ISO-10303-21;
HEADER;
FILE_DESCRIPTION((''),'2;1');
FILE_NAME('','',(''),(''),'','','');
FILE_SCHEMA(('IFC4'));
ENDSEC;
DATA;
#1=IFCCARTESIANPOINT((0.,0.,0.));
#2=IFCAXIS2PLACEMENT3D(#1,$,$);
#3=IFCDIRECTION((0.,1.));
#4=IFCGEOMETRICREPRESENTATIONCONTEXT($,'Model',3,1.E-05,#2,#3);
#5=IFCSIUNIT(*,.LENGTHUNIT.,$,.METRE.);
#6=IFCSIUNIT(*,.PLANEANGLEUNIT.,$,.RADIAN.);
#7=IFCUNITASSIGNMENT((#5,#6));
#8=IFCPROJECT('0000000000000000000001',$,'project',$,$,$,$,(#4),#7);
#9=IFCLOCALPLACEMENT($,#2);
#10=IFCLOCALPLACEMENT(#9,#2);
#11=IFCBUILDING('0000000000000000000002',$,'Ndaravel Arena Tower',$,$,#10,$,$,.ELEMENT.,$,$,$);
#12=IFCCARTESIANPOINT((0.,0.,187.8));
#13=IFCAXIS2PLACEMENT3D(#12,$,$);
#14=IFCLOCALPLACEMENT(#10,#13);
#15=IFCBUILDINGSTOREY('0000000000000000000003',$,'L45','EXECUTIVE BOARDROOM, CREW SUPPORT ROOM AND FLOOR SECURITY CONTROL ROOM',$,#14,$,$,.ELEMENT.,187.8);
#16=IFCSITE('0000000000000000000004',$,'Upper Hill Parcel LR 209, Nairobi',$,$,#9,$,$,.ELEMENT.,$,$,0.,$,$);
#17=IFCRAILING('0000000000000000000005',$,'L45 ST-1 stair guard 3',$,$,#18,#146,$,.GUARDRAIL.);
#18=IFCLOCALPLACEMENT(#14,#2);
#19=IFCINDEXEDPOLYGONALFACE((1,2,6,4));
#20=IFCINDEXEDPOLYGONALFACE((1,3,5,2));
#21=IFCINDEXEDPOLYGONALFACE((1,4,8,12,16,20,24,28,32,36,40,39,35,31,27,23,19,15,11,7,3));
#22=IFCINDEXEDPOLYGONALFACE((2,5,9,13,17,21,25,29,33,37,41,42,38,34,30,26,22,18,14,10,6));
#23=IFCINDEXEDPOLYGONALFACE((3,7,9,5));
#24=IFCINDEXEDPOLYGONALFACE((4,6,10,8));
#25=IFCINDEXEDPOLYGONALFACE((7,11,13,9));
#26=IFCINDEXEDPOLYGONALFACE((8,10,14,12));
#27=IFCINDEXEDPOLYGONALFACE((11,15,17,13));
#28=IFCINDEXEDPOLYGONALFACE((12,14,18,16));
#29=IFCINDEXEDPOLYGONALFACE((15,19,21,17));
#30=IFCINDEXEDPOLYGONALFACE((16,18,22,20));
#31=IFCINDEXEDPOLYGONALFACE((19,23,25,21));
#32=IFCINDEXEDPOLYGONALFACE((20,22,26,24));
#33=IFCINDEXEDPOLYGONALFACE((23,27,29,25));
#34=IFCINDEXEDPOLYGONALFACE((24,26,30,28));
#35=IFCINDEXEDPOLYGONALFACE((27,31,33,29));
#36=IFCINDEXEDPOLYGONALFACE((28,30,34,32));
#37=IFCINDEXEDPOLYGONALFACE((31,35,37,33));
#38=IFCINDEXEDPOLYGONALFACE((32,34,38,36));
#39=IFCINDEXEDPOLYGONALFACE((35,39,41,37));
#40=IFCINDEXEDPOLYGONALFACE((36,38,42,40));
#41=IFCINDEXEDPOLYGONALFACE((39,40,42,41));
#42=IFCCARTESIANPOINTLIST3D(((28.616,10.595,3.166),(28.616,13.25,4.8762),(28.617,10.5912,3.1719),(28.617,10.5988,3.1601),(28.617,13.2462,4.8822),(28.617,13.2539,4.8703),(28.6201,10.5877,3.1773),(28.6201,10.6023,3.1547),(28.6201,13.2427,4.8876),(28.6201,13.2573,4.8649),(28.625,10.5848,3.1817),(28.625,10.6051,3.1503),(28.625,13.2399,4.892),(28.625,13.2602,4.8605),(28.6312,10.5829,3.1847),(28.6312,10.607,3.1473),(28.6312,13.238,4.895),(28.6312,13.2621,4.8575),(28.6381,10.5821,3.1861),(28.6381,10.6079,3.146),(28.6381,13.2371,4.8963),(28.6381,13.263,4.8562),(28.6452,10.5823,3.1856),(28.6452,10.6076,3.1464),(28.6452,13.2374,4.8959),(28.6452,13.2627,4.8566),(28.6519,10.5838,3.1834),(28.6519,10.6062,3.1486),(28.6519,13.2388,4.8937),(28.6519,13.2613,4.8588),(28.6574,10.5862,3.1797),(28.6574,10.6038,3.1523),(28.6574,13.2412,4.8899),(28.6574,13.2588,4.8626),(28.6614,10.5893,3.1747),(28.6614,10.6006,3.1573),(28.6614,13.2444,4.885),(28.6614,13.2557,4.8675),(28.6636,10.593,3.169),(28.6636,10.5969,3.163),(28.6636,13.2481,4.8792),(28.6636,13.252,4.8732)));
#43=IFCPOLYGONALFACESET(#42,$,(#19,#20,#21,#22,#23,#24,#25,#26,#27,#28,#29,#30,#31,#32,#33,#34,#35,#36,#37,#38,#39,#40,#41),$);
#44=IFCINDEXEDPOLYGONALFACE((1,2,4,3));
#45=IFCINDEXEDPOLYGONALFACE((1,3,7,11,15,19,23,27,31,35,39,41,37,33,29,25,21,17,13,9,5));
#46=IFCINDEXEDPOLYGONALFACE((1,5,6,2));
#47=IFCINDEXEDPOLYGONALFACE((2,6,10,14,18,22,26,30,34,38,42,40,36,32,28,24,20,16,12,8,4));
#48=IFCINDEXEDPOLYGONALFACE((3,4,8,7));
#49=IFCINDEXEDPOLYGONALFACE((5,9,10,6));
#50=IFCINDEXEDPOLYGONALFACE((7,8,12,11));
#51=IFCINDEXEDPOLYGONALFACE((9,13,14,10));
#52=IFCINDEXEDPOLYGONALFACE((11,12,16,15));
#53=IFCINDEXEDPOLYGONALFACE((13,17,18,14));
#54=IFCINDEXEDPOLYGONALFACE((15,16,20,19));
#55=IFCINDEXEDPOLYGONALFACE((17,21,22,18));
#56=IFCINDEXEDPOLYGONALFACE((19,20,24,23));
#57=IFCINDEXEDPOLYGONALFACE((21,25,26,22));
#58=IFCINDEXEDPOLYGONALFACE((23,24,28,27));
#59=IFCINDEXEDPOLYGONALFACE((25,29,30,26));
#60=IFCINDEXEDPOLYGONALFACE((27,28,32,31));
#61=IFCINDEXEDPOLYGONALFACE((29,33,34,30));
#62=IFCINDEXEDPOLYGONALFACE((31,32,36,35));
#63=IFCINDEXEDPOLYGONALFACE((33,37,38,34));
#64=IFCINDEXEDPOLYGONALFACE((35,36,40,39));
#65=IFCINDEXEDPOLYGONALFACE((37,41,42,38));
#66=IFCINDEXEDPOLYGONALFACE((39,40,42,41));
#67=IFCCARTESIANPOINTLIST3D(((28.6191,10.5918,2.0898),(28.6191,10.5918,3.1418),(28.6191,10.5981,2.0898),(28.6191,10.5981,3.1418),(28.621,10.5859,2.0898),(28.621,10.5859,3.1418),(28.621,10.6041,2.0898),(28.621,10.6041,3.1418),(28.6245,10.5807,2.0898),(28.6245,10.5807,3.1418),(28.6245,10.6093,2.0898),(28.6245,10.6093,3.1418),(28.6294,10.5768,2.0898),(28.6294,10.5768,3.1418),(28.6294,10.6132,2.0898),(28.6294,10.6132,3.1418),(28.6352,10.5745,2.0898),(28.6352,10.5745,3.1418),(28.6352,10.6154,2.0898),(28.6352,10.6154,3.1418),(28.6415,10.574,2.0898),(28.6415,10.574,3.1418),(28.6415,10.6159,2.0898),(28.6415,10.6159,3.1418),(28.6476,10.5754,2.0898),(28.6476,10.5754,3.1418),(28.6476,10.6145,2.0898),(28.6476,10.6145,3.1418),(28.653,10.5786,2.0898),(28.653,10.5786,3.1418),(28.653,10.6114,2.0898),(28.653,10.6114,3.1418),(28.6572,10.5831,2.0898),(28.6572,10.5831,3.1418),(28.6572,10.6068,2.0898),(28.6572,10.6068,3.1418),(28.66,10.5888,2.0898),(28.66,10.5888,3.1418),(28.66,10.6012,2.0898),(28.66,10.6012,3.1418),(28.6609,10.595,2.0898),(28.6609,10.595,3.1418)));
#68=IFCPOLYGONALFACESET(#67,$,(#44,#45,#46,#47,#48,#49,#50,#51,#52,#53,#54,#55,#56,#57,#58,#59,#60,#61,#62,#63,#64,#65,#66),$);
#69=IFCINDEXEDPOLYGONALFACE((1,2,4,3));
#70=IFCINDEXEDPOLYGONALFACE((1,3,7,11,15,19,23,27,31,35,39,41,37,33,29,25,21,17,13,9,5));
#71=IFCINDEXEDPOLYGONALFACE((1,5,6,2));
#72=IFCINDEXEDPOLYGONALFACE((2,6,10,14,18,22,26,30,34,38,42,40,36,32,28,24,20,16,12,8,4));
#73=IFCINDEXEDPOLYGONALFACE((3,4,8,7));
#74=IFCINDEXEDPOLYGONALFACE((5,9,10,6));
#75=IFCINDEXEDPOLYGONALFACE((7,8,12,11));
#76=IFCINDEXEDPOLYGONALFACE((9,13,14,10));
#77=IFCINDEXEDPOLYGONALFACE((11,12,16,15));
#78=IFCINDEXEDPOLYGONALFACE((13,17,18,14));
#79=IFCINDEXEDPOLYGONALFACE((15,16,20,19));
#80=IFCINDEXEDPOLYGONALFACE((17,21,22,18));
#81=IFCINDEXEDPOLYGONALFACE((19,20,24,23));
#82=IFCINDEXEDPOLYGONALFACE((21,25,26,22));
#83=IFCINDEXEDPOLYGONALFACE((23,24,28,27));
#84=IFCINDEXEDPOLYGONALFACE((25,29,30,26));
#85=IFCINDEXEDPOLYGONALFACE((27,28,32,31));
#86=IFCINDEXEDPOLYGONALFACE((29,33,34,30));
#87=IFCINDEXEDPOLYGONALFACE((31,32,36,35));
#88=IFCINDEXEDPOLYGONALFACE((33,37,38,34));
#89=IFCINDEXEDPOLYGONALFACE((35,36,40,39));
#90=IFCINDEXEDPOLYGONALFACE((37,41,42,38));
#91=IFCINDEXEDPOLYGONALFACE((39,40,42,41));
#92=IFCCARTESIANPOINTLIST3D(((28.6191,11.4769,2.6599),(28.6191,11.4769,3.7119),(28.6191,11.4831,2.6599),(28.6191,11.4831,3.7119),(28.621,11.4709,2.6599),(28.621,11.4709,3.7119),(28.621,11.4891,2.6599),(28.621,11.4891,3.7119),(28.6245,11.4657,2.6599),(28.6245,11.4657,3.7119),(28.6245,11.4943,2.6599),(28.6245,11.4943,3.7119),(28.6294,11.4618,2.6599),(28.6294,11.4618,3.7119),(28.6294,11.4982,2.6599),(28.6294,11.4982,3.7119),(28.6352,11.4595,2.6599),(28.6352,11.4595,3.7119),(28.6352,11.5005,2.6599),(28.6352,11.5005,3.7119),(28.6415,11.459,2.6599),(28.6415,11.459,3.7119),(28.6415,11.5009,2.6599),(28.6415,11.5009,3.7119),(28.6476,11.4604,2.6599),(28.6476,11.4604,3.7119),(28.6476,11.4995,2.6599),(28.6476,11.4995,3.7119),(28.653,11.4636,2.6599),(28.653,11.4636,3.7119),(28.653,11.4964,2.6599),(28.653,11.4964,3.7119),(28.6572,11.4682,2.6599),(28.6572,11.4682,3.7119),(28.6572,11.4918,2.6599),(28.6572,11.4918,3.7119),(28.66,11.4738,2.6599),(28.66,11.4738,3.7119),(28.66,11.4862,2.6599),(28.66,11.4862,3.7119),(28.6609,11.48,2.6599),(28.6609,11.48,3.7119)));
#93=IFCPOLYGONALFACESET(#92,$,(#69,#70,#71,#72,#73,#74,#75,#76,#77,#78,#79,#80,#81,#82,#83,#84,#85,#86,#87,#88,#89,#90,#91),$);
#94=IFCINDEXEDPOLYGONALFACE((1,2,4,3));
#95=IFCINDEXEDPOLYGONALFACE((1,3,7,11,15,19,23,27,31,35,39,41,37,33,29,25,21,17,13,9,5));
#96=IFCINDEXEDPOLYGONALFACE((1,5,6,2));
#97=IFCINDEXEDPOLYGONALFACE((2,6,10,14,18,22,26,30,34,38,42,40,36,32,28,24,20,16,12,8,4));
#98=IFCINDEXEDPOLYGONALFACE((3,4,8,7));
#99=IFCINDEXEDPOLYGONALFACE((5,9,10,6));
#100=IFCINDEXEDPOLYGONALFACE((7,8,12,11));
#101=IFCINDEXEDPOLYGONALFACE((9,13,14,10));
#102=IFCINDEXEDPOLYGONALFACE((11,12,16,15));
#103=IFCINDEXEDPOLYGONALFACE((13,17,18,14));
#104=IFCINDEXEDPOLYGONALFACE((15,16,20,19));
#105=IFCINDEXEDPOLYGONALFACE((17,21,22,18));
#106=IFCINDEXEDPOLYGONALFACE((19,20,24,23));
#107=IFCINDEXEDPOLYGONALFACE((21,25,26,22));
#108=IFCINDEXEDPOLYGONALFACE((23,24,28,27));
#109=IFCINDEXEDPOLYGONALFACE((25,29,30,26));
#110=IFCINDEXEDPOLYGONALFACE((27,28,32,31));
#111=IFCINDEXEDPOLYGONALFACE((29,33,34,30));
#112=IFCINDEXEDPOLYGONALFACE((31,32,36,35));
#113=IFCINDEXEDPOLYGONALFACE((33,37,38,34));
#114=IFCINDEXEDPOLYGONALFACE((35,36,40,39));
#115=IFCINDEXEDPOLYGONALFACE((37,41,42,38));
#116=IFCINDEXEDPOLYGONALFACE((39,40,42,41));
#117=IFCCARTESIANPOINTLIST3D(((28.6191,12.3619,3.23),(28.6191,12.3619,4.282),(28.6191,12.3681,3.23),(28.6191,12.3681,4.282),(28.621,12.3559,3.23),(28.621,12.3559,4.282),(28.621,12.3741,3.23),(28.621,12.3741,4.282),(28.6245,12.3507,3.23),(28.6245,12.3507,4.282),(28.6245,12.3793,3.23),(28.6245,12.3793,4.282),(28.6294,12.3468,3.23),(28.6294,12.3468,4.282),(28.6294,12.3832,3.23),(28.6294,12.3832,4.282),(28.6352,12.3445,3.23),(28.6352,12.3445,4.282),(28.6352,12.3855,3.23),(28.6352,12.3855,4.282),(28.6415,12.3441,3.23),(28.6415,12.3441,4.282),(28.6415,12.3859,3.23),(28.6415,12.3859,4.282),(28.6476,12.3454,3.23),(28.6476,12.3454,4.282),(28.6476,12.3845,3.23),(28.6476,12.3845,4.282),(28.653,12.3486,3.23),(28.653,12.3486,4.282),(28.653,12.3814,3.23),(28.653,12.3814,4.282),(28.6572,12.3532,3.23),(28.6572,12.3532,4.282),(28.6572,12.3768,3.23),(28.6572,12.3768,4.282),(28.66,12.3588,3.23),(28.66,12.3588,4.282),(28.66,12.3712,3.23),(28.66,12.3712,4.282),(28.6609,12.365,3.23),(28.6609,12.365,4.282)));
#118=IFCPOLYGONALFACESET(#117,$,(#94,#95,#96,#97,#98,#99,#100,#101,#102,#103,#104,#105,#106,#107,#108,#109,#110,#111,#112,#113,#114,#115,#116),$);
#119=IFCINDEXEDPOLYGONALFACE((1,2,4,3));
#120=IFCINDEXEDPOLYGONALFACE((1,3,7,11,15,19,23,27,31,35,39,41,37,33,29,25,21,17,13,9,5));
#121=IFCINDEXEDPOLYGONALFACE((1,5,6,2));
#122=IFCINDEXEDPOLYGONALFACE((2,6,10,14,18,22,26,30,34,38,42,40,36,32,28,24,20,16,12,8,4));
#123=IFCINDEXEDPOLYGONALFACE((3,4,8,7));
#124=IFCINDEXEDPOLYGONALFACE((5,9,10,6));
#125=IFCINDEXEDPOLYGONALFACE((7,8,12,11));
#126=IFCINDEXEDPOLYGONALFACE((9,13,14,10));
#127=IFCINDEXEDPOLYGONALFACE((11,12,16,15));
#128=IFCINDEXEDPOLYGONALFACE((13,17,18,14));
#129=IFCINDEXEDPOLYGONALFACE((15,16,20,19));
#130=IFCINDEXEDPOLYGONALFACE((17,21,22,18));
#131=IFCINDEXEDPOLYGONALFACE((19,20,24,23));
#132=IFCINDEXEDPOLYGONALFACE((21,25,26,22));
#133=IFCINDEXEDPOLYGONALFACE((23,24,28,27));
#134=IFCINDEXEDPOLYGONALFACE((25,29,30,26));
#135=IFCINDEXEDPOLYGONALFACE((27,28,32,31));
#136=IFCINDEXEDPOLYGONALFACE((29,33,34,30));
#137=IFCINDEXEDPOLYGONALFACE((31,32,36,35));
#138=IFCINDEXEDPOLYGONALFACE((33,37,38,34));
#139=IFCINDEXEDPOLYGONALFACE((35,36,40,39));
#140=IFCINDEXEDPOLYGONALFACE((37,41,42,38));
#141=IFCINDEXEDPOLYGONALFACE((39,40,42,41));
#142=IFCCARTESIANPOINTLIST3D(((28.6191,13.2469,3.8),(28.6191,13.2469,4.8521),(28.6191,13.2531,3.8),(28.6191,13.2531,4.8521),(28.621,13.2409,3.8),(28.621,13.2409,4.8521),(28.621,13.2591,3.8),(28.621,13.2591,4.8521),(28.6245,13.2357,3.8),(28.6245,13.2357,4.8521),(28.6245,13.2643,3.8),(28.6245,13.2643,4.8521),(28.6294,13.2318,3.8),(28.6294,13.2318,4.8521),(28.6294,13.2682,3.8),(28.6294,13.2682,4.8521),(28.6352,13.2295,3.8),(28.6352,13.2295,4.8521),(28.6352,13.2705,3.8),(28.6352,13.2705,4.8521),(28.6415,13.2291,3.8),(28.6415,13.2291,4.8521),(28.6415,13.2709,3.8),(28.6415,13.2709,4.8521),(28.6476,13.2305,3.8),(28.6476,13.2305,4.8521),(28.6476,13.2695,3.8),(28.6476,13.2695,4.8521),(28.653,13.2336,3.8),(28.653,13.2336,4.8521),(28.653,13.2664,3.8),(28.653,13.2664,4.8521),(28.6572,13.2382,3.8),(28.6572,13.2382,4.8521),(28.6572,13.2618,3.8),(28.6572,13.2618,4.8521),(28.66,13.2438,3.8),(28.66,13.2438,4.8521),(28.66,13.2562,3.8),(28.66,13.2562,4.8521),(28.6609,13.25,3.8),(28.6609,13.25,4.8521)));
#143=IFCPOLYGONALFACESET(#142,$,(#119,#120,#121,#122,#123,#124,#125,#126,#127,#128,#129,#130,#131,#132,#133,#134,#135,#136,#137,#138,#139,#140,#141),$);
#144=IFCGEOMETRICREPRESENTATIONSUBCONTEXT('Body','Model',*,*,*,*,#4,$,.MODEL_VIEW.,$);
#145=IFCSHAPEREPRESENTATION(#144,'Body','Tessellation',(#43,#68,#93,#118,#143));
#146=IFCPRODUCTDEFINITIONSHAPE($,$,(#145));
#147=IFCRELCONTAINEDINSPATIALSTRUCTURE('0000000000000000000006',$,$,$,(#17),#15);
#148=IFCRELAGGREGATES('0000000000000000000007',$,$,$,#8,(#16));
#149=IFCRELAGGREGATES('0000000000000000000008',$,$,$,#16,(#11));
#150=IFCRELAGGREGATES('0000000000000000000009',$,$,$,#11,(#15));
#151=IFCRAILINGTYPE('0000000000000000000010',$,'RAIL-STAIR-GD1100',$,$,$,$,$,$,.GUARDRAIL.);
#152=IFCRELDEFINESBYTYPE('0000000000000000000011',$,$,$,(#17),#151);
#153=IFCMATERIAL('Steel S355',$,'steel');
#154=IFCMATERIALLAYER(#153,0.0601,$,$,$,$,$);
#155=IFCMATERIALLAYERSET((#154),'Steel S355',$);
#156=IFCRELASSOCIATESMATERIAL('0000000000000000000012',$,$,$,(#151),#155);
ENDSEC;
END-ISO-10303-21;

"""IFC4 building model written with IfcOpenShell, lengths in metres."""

from ifc_helpers import new_model, si_unit, direction, frame, origin, origin_2d, place, context, subcontext, project, spatial, circle, extrude, material, layer, layer_set, type_object, element, save


model = new_model("IFC4")

# Units and contexts
model_context = context("Model", 3, precision=1e-05, world=origin(), true_north=direction((0.0, 1.0)))
body_context = subcontext(model_context, "Body", "Model", "MODEL_VIEW")
ifc_project = project(units=[si_unit("LENGTHUNIT", "METRE"), si_unit("PLANEANGLEUNIT", "RADIAN")], contexts=[model_context])

# Site, building, storey
site_placement = place(None, origin())
site = spatial("IfcSite", under=ifc_project, at=site_placement, Name="Upper Hill Parcel LR 209, Nairobi", CompositionType="ELEMENT", RefElevation=0.0)
building_placement = place(site_placement, origin())
building = spatial("IfcBuilding", under=site, at=building_placement, Name="Ndaravel Arena Tower", CompositionType="ELEMENT")
storey_placement = place(building_placement, frame((0.0, 0.0, 187.8)))
storey = spatial("IfcBuildingStorey", under=building, at=storey_placement, Name="L45", Description="EXECUTIVE BOARDROOM, CREW SUPPORT ROOM AND FLOOR SECURITY CONTROL ROOM", CompositionType="ELEMENT", Elevation=187.8)

# Railing
ifc_material_1 = material(Name="Steel S355", Category="steel")
ifc_layer_1 = layer(ifc_material_1, 0.0601)
ifc_layer_set_1 = layer_set([ifc_layer_1], Name="Steel S355")
railing_type_1 = type_object("IfcRailingType", Name="RAIL-STAIR-GD1100", PredefinedType="GUARDRAIL", material=ifc_layer_set_1)
railing_1_placement = place(storey_placement, frame((28.6399, 10.595, 2.0898)))
element("IfcRailing", 1, at=railing_1_placement, inside=storey, type_object=railing_type_1, Name="L45 ST-1 stair guard 3", PredefinedType="GUARDRAIL", context=body_context, shape_type="SweptSolid", body=[
    extrude(circle(Radius=0.0239, at=origin_2d()), frame((0.0, 0.0, 1.0762), z_axis=(0.0, 0.840688, 0.541519), x_axis=(-1.0, 0.0, 0.0)), (0.0, 0.0, 1.0), 3.1582),
    extrude(circle(Radius=0.021, at=origin_2d()), origin(), (0.0, 0.0, 1.0), 1.052),
    extrude(circle(Radius=0.021, at=origin_2d()), frame((0.0, 0.885, 0.5701)), (0.0, 0.0, 1.0), 1.052),
    extrude(circle(Radius=0.021, at=origin_2d()), frame((0.0, 1.77, 1.1401)), (0.0, 0.0, 1.0), 1.052),
    extrude(circle(Radius=0.021, at=origin_2d()), frame((0.0, 2.655, 1.7102)), (0.0, 0.0, 1.0), 1.052),
])

save(model, "model.ifc")
